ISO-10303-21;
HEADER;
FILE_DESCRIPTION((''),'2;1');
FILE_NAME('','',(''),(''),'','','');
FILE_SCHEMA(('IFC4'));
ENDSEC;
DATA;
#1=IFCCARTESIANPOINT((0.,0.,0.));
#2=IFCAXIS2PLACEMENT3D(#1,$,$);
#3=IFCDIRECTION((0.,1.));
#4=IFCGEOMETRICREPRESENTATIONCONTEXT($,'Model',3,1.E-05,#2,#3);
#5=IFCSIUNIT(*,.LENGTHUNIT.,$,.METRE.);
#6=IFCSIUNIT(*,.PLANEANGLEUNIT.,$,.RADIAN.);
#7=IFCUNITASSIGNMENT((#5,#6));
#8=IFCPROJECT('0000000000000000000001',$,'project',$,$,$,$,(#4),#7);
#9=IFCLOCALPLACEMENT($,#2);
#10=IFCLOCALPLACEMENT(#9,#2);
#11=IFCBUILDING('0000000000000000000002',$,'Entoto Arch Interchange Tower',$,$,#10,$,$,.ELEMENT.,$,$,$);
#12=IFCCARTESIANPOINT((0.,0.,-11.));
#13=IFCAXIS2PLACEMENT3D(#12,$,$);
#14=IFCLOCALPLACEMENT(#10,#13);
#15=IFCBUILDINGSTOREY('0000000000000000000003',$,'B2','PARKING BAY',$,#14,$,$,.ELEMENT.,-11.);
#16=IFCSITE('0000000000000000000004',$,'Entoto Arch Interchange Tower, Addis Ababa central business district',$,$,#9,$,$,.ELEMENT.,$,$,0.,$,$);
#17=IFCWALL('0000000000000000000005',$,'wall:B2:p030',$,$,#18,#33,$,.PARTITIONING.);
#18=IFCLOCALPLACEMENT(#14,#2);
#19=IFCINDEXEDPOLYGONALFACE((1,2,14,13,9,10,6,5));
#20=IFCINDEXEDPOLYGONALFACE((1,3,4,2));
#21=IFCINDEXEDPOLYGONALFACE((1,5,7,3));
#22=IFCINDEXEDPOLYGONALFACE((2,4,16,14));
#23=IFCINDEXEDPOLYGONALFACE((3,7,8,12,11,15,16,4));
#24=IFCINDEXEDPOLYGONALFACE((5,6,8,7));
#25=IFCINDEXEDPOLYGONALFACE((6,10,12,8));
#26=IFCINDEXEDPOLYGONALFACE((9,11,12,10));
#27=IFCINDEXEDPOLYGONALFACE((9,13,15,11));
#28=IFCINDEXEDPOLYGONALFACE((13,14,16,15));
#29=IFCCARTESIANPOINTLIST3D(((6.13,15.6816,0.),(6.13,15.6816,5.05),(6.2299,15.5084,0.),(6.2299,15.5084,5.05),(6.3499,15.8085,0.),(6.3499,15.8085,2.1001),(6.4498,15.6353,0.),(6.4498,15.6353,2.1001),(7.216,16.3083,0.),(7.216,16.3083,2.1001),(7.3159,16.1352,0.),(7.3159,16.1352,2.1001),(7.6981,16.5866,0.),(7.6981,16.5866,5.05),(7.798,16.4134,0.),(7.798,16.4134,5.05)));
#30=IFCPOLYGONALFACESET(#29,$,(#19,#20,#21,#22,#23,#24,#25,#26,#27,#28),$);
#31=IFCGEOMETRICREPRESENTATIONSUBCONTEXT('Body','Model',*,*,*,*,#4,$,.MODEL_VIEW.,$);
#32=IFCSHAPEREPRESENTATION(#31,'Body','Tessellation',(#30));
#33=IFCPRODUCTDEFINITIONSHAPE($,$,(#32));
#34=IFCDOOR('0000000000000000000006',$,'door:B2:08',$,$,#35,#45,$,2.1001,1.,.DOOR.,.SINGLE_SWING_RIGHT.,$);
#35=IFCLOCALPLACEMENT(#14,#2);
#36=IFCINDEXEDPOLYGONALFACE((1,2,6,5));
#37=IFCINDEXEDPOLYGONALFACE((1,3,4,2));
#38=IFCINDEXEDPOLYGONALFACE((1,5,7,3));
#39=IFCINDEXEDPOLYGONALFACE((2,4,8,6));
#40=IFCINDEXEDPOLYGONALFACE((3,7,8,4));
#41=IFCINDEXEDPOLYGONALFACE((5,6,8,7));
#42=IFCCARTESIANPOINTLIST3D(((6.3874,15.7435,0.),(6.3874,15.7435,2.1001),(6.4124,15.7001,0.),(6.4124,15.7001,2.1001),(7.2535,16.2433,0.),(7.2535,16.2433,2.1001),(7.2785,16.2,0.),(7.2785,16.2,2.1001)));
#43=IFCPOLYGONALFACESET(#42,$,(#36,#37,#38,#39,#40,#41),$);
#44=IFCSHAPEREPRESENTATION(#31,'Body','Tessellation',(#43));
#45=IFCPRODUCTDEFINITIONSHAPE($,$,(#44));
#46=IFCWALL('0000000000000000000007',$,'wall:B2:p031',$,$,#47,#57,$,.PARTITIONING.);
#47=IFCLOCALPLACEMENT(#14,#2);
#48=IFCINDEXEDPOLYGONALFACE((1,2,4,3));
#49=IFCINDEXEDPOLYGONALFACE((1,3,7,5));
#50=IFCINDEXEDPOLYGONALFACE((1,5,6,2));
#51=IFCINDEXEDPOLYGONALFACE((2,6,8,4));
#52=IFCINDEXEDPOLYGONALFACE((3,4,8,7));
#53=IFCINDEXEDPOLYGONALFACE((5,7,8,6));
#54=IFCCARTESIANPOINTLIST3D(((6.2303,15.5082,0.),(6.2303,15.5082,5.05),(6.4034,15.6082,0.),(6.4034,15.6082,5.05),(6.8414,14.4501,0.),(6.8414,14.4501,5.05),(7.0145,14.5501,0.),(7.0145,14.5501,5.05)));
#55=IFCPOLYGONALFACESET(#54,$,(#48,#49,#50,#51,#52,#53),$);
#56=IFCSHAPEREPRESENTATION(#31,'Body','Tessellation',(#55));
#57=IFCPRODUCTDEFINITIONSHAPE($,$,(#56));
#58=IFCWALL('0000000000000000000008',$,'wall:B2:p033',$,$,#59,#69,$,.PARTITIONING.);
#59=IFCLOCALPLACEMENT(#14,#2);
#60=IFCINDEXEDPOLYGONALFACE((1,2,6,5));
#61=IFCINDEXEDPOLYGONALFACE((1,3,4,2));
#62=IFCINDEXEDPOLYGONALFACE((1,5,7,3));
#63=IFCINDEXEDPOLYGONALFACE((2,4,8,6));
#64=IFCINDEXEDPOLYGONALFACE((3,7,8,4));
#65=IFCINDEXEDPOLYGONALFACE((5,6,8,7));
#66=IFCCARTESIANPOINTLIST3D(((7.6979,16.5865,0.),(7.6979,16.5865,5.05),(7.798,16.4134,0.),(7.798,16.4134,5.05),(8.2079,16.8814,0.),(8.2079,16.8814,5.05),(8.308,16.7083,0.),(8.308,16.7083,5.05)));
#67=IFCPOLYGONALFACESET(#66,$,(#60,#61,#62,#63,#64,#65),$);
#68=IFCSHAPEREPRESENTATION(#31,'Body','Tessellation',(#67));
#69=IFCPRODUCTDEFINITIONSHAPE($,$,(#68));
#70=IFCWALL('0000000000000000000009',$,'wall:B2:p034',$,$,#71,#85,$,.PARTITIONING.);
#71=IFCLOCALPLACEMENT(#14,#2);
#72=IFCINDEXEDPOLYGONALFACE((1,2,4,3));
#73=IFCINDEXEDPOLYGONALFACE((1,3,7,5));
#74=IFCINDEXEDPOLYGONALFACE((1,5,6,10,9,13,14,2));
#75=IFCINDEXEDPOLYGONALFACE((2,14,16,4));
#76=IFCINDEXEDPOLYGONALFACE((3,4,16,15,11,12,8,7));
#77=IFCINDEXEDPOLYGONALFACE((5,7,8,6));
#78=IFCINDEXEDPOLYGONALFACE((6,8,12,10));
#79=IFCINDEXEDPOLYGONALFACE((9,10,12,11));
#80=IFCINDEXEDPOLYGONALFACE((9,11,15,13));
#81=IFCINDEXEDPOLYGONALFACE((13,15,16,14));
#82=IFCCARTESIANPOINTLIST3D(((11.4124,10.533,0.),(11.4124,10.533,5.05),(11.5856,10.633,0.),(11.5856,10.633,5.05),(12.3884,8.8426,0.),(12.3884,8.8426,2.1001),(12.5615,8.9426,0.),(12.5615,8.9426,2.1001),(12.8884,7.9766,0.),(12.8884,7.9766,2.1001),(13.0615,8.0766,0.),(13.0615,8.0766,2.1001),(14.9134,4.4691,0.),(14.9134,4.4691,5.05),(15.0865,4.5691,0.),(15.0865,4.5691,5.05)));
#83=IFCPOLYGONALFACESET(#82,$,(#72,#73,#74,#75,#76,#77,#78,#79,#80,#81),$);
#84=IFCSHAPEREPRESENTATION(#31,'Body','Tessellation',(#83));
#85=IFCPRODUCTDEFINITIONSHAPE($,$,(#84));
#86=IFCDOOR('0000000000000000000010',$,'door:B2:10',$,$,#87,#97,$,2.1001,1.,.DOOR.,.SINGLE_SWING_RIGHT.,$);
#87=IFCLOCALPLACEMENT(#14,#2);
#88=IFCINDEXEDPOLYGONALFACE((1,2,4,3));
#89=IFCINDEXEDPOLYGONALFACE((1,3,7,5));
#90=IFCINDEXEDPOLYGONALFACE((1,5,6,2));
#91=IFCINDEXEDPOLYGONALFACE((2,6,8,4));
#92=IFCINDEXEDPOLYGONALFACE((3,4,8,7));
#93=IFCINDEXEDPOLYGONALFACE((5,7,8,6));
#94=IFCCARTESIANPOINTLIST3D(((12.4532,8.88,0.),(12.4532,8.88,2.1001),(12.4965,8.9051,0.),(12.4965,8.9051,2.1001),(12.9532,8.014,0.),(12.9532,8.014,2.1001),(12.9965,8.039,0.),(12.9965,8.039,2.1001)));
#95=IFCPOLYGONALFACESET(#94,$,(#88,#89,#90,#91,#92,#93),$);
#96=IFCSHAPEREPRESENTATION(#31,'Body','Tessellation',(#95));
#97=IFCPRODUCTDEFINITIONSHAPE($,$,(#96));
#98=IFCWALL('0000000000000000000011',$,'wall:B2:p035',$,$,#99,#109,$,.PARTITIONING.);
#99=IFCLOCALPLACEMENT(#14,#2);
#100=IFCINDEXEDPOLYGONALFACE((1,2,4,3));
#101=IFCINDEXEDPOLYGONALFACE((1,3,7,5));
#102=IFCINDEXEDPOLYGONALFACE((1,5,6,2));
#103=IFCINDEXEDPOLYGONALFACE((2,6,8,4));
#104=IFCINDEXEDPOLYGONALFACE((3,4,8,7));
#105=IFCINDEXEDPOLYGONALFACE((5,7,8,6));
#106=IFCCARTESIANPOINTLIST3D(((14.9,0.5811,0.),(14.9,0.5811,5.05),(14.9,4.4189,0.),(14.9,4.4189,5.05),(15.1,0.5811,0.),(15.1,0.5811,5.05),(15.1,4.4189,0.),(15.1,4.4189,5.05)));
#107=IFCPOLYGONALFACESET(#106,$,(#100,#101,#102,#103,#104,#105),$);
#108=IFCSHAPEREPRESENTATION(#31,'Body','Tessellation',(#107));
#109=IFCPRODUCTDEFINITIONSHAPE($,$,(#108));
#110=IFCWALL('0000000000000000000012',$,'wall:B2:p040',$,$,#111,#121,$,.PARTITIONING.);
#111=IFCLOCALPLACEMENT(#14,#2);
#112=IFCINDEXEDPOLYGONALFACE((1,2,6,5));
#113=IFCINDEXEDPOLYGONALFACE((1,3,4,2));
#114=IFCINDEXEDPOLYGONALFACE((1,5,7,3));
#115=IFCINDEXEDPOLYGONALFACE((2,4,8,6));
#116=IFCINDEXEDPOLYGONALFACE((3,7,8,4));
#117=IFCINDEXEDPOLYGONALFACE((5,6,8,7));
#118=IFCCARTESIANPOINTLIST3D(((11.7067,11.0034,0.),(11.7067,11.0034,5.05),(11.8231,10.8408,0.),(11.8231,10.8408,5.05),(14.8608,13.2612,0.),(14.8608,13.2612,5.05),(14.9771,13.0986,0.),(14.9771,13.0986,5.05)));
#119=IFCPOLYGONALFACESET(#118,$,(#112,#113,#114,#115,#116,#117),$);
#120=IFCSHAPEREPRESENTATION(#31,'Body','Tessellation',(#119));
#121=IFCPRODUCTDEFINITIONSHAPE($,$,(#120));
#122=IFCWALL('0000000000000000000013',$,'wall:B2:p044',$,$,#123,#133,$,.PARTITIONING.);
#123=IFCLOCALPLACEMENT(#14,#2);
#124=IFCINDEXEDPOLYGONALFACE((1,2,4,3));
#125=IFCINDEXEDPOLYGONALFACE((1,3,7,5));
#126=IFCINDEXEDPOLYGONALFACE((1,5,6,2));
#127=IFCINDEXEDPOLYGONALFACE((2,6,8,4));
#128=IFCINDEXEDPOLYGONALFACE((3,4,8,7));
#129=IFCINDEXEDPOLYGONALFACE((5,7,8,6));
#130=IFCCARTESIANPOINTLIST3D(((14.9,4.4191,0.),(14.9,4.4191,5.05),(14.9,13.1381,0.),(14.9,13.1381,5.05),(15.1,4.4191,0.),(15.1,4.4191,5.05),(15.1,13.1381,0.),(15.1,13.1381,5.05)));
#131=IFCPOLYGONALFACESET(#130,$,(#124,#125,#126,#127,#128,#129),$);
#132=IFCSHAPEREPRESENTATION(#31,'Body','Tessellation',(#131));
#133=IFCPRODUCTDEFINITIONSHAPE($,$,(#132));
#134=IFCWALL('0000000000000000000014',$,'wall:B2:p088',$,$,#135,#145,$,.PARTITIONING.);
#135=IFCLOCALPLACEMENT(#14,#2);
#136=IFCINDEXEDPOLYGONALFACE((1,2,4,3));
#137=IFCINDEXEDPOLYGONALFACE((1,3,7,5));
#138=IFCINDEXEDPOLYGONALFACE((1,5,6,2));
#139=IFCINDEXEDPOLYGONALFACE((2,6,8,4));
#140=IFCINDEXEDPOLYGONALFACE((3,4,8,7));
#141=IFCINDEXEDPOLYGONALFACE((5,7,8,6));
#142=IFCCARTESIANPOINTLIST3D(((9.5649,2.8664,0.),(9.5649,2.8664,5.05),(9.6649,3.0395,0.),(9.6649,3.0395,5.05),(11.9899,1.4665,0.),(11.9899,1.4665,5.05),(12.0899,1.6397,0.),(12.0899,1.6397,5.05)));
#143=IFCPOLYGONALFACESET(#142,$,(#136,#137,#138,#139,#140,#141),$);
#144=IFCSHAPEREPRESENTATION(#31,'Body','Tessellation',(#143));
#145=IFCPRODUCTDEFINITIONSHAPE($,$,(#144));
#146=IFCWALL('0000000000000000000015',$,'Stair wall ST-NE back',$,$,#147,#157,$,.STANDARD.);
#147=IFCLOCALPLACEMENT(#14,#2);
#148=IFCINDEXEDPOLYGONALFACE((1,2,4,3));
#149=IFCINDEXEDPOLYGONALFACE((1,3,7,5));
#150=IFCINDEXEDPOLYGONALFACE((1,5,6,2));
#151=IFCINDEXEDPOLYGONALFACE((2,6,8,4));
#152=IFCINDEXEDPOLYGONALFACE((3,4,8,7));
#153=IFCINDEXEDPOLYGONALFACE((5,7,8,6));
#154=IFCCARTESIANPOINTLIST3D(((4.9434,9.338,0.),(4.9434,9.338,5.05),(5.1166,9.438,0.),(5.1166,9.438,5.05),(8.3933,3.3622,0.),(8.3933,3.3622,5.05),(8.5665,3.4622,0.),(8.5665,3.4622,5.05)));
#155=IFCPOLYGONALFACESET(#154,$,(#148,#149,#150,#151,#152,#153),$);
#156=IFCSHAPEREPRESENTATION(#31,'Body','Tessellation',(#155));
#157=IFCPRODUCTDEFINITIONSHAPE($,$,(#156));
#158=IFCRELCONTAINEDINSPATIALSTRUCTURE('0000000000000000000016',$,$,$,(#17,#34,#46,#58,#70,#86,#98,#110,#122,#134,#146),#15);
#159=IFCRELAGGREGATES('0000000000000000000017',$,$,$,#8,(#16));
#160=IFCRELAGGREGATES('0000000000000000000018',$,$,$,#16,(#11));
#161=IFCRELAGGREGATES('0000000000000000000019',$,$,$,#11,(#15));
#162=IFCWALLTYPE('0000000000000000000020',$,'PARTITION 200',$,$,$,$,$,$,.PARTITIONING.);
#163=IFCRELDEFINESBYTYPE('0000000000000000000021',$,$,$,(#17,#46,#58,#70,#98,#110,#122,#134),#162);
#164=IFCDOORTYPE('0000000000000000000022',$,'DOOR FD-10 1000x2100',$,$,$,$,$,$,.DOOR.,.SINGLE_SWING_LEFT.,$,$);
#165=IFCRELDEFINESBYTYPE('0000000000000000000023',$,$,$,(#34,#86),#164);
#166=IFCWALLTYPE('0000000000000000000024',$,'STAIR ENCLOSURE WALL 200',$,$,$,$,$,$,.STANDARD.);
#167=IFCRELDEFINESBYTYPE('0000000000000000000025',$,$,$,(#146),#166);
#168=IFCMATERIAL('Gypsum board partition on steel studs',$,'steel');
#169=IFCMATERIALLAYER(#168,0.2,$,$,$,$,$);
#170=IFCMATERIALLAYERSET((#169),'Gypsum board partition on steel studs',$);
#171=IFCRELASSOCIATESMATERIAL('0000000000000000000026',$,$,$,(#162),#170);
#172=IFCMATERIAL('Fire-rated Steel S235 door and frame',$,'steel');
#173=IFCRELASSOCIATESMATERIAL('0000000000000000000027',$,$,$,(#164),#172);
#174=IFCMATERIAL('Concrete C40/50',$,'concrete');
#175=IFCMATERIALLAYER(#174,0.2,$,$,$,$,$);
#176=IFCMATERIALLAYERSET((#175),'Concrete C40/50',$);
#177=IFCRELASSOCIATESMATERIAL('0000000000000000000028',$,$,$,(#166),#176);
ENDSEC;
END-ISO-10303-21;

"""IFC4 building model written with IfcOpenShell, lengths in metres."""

from ifc_helpers import new_model, si_unit, direction, frame, frame_2d, origin, place, context, subcontext, project, spatial, rectangle, extrude, material, layer, layer_set, type_object, element, fill, save


model = new_model("IFC4")

# Units and contexts
model_context = context("Model", 3, precision=1e-05, world=origin(), true_north=direction((0.0, 1.0)))
body_context = subcontext(model_context, "Body", "Model", "MODEL_VIEW")
ifc_project = project(units=[si_unit("LENGTHUNIT", "METRE"), si_unit("PLANEANGLEUNIT", "RADIAN")], contexts=[model_context])

# Site, building, storey
site_placement = place(None, origin())
site = spatial("IfcSite", under=ifc_project, at=site_placement, Name="Entoto Arch Interchange Tower, Addis Ababa central business district", CompositionType="ELEMENT", RefElevation=0.0)
building_placement = place(site_placement, origin())
building = spatial("IfcBuilding", under=site, at=building_placement, Name="Entoto Arch Interchange Tower", CompositionType="ELEMENT")
storey_placement = place(building_placement, frame((0.0, 0.0, -11.0)))
storey = spatial("IfcBuildingStorey", under=building, at=storey_placement, Name="B2", Description="PARKING BAY", CompositionType="ELEMENT", Elevation=-11.0)

# Shared definitions
ifc_material_1 = material(Name="Concrete C40/50", Category="concrete")

# Wall, opening, door
ifc_material_2 = material(Name="Fire-rated Steel S235 door and frame", Category="steel")
ifc_material_3 = material(Name="Gypsum board partition on steel studs", Category="steel")
ifc_layer_1 = layer(ifc_material_3, 0.2)
ifc_layer_set_1 = layer_set([ifc_layer_1], Name="Gypsum board partition on steel studs")
wall_type_1 = type_object("IfcWallType", Name="PARTITION 200", PredefinedType="PARTITIONING", material=ifc_layer_set_1)
door_type_1 = type_object("IfcDoorType", Name="DOOR FD-10 1000x2100", OperationType="SINGLE_SWING_LEFT", PredefinedType="DOOR", material=ifc_material_2)
wall_1_placement = place(storey_placement, frame((6.1799, 15.595, 0.0), z_axis=(0.0, 0.0, 1.0), x_axis=(0.866103, 0.499866, 0.0)))
wall_1 = element("IfcWall", 1, at=wall_1_placement, inside=storey, type_object=wall_type_1, Name="wall:B2:p030", PredefinedType="PARTITIONING", context=body_context, shape_type="SweptSolid", body=[
    extrude(rectangle(XDim=1.8105, YDim=0.2, at=frame_2d((0.9053, 0.0))), origin(), (0.0, 0.0, 1.0), 5.05),
])
opening_1_placement = place(wall_1_placement, frame((0.2539, 0.0, 0.0)))
opening_1 = element("IfcOpeningElement", 2, at=opening_1_placement, cuts=wall_1, PredefinedType="OPENING", context=body_context, shape_type="SweptSolid", body=[
    extrude(rectangle(XDim=1.0, YDim=2.1001, at=frame_2d((0.5, 1.05))), frame((0.0, 0.1099, 0.0), z_axis=(0.0, -1.0, 0.0), x_axis=(1.0, 0.0, 0.0)), (0.0, 0.0, 1.0), 0.22),
])
door_1_placement = place(opening_1_placement, origin())
door_1 = element("IfcDoor", 3, at=door_1_placement, inside=storey, type_object=door_type_1, Name="door:B2:08", OperationType="SINGLE_SWING_RIGHT", OverallHeight=2.1001, OverallWidth=1.0, PredefinedType="DOOR", context=body_context, shape_type="SweptSolid", body=[
    extrude(rectangle(XDim=1.0, YDim=2.1001, at=frame_2d((0.5, 1.05))), frame((0.0, 0.0249, 0.0), z_axis=(0.0, -1.0, 0.0), x_axis=(1.0, 0.0, 0.0)), (0.0, 0.0, 1.0), 0.05),
])
fill(opening_1, door_1)

# Walls
wall_2_placement = place(storey_placement, frame((6.3169, 15.5581, 0.0), z_axis=(0.0, 0.0, 1.0), x_axis=(0.500114, -0.865959, 0.0)))
element("IfcWall", 4, at=wall_2_placement, inside=storey, type_object=wall_type_1, Name="wall:B2:p031", PredefinedType="PARTITIONING", context=body_context, shape_type="SweptSolid", body=[
    extrude(rectangle(XDim=1.2219, YDim=0.2, at=frame_2d((0.6108, 0.0))), origin(), (0.0, 0.0, 1.0), 5.05),
])
wall_3_placement = place(storey_placement, frame((7.748, 16.5, 0.0), z_axis=(0.0, 0.0, 1.0), x_axis=(0.865682, 0.500595, 0.0)))
element("IfcWall", 5, at=wall_3_placement, inside=storey, type_object=wall_type_1, Name="wall:B2:p033", PredefinedType="PARTITIONING", context=body_context, shape_type="SweptSolid", body=[
    extrude(rectangle(XDim=0.5891, YDim=0.2, at=frame_2d((0.2944, 0.0))), origin(), (0.0, 0.0, 1.0), 5.05),
])

# Wall, opening, door
wall_4_placement = place(storey_placement, frame((11.499, 10.583, 0.0), z_axis=(0.0, 0.0, 1.0), x_axis=(0.499994, -0.866029, 0.0)))
wall_4 = element("IfcWall", 6, at=wall_4_placement, inside=storey, type_object=wall_type_1, Name="wall:B2:p034", PredefinedType="PARTITIONING", context=body_context, shape_type="SweptSolid", body=[
    extrude(rectangle(XDim=7.002, YDim=0.2, at=frame_2d((3.501, 0.0))), origin(), (0.0, 0.0, 1.0), 5.05),
])
opening_2_placement = place(wall_4_placement, frame((1.9519, 0.0, 0.0)))
opening_2 = element("IfcOpeningElement", 7, at=opening_2_placement, cuts=wall_4, PredefinedType="OPENING", context=body_context, shape_type="SweptSolid", body=[
    extrude(rectangle(XDim=1.0, YDim=2.1001, at=frame_2d((0.5, 1.05))), frame((0.0, 0.1099, 0.0), z_axis=(0.0, -1.0, 0.0), x_axis=(1.0, 0.0, 0.0)), (0.0, 0.0, 1.0), 0.22),
])
door_2_placement = place(opening_2_placement, origin())
door_2 = element("IfcDoor", 8, at=door_2_placement, inside=storey, type_object=door_type_1, Name="door:B2:10", OperationType="SINGLE_SWING_RIGHT", OverallHeight=2.1001, OverallWidth=1.0, PredefinedType="DOOR", context=body_context, shape_type="SweptSolid", body=[
    extrude(rectangle(XDim=1.0, YDim=2.1001, at=frame_2d((0.5, 1.05))), frame((0.0, 0.0249, 0.0), z_axis=(0.0, -1.0, 0.0), x_axis=(1.0, 0.0, 0.0)), (0.0, 0.0, 1.0), 0.05),
])
fill(opening_2, door_2)

# Walls
wall_5_placement = place(storey_placement, frame((15.0, 4.4189, 0.0), z_axis=(0.0, 0.0, 1.0), x_axis=(0.0, -1.0, 0.0)))
element("IfcWall", 9, at=wall_5_placement, inside=storey, type_object=wall_type_1, Name="wall:B2:p035", PredefinedType="PARTITIONING", context=body_context, shape_type="SweptSolid", body=[
    extrude(rectangle(XDim=3.8379, YDim=0.2, at=frame_2d((1.9189, 0.0))), origin(), (0.0, 0.0, 1.0), 5.05),
])
wall_6_placement = place(storey_placement, frame((14.9189, 13.1799, 0.0), z_axis=(0.0, 0.0, 1.0), x_axis=(-0.813133, -0.582077, 0.0)))
element("IfcWall", 10, at=wall_6_placement, inside=storey, type_object=wall_type_1, Name="wall:B2:p040", PredefinedType="PARTITIONING", context=body_context, shape_type="SweptSolid", body=[
    extrude(rectangle(XDim=3.8789, YDim=0.2, at=frame_2d((1.9395, 0.0))), origin(), (0.0, 0.0, 1.0), 5.05),
])
wall_7_placement = place(storey_placement, frame((15.0, 13.1379, 0.0), z_axis=(0.0, 0.0, 1.0), x_axis=(0.0, -1.0, 0.0)))
element("IfcWall", 11, at=wall_7_placement, inside=storey, type_object=wall_type_1, Name="wall:B2:p044", PredefinedType="PARTITIONING", context=body_context, shape_type="SweptSolid", body=[
    extrude(rectangle(XDim=8.719, YDim=0.2, at=frame_2d((4.3594, 0.0))), origin(), (0.0, 0.0, 1.0), 5.05),
])
wall_8_placement = place(storey_placement, frame((9.615, 2.9529, 0.0), z_axis=(0.0, 0.0, 1.0), x_axis=(0.866056, -0.499946, 0.0)))
element("IfcWall", 12, at=wall_8_placement, inside=storey, type_object=wall_type_1, Name="wall:B2:p088", PredefinedType="PARTITIONING", context=body_context, shape_type="SweptSolid", body=[
    extrude(rectangle(XDim=2.8, YDim=0.2, at=frame_2d((1.3999, 0.0))), origin(), (0.0, 0.0, 1.0), 5.05),
])
ifc_layer_2 = layer(ifc_material_1, 0.2)
ifc_layer_set_2 = layer_set([ifc_layer_2], Name="Concrete C40/50")
wall_type_2 = type_object("IfcWallType", Name="STAIR ENCLOSURE WALL 200", PredefinedType="STANDARD", material=ifc_layer_set_2)
wall_9_placement = place(storey_placement, frame((8.48, 3.4121, 0.0), z_axis=(0.0, 0.0, 1.0), x_axis=(-0.499979, 0.866038, 0.0)))
element("IfcWall", 13, at=wall_9_placement, inside=storey, type_object=wall_type_2, Name="Stair wall ST-NE back", PredefinedType="STANDARD", context=body_context, shape_type="SweptSolid", body=[
    extrude(rectangle(XDim=6.9001, YDim=0.2, at=frame_2d((3.4502, 0.0))), origin(), (0.0, 0.0, 1.0), 5.05),
])

save(model, "model.ifc")
